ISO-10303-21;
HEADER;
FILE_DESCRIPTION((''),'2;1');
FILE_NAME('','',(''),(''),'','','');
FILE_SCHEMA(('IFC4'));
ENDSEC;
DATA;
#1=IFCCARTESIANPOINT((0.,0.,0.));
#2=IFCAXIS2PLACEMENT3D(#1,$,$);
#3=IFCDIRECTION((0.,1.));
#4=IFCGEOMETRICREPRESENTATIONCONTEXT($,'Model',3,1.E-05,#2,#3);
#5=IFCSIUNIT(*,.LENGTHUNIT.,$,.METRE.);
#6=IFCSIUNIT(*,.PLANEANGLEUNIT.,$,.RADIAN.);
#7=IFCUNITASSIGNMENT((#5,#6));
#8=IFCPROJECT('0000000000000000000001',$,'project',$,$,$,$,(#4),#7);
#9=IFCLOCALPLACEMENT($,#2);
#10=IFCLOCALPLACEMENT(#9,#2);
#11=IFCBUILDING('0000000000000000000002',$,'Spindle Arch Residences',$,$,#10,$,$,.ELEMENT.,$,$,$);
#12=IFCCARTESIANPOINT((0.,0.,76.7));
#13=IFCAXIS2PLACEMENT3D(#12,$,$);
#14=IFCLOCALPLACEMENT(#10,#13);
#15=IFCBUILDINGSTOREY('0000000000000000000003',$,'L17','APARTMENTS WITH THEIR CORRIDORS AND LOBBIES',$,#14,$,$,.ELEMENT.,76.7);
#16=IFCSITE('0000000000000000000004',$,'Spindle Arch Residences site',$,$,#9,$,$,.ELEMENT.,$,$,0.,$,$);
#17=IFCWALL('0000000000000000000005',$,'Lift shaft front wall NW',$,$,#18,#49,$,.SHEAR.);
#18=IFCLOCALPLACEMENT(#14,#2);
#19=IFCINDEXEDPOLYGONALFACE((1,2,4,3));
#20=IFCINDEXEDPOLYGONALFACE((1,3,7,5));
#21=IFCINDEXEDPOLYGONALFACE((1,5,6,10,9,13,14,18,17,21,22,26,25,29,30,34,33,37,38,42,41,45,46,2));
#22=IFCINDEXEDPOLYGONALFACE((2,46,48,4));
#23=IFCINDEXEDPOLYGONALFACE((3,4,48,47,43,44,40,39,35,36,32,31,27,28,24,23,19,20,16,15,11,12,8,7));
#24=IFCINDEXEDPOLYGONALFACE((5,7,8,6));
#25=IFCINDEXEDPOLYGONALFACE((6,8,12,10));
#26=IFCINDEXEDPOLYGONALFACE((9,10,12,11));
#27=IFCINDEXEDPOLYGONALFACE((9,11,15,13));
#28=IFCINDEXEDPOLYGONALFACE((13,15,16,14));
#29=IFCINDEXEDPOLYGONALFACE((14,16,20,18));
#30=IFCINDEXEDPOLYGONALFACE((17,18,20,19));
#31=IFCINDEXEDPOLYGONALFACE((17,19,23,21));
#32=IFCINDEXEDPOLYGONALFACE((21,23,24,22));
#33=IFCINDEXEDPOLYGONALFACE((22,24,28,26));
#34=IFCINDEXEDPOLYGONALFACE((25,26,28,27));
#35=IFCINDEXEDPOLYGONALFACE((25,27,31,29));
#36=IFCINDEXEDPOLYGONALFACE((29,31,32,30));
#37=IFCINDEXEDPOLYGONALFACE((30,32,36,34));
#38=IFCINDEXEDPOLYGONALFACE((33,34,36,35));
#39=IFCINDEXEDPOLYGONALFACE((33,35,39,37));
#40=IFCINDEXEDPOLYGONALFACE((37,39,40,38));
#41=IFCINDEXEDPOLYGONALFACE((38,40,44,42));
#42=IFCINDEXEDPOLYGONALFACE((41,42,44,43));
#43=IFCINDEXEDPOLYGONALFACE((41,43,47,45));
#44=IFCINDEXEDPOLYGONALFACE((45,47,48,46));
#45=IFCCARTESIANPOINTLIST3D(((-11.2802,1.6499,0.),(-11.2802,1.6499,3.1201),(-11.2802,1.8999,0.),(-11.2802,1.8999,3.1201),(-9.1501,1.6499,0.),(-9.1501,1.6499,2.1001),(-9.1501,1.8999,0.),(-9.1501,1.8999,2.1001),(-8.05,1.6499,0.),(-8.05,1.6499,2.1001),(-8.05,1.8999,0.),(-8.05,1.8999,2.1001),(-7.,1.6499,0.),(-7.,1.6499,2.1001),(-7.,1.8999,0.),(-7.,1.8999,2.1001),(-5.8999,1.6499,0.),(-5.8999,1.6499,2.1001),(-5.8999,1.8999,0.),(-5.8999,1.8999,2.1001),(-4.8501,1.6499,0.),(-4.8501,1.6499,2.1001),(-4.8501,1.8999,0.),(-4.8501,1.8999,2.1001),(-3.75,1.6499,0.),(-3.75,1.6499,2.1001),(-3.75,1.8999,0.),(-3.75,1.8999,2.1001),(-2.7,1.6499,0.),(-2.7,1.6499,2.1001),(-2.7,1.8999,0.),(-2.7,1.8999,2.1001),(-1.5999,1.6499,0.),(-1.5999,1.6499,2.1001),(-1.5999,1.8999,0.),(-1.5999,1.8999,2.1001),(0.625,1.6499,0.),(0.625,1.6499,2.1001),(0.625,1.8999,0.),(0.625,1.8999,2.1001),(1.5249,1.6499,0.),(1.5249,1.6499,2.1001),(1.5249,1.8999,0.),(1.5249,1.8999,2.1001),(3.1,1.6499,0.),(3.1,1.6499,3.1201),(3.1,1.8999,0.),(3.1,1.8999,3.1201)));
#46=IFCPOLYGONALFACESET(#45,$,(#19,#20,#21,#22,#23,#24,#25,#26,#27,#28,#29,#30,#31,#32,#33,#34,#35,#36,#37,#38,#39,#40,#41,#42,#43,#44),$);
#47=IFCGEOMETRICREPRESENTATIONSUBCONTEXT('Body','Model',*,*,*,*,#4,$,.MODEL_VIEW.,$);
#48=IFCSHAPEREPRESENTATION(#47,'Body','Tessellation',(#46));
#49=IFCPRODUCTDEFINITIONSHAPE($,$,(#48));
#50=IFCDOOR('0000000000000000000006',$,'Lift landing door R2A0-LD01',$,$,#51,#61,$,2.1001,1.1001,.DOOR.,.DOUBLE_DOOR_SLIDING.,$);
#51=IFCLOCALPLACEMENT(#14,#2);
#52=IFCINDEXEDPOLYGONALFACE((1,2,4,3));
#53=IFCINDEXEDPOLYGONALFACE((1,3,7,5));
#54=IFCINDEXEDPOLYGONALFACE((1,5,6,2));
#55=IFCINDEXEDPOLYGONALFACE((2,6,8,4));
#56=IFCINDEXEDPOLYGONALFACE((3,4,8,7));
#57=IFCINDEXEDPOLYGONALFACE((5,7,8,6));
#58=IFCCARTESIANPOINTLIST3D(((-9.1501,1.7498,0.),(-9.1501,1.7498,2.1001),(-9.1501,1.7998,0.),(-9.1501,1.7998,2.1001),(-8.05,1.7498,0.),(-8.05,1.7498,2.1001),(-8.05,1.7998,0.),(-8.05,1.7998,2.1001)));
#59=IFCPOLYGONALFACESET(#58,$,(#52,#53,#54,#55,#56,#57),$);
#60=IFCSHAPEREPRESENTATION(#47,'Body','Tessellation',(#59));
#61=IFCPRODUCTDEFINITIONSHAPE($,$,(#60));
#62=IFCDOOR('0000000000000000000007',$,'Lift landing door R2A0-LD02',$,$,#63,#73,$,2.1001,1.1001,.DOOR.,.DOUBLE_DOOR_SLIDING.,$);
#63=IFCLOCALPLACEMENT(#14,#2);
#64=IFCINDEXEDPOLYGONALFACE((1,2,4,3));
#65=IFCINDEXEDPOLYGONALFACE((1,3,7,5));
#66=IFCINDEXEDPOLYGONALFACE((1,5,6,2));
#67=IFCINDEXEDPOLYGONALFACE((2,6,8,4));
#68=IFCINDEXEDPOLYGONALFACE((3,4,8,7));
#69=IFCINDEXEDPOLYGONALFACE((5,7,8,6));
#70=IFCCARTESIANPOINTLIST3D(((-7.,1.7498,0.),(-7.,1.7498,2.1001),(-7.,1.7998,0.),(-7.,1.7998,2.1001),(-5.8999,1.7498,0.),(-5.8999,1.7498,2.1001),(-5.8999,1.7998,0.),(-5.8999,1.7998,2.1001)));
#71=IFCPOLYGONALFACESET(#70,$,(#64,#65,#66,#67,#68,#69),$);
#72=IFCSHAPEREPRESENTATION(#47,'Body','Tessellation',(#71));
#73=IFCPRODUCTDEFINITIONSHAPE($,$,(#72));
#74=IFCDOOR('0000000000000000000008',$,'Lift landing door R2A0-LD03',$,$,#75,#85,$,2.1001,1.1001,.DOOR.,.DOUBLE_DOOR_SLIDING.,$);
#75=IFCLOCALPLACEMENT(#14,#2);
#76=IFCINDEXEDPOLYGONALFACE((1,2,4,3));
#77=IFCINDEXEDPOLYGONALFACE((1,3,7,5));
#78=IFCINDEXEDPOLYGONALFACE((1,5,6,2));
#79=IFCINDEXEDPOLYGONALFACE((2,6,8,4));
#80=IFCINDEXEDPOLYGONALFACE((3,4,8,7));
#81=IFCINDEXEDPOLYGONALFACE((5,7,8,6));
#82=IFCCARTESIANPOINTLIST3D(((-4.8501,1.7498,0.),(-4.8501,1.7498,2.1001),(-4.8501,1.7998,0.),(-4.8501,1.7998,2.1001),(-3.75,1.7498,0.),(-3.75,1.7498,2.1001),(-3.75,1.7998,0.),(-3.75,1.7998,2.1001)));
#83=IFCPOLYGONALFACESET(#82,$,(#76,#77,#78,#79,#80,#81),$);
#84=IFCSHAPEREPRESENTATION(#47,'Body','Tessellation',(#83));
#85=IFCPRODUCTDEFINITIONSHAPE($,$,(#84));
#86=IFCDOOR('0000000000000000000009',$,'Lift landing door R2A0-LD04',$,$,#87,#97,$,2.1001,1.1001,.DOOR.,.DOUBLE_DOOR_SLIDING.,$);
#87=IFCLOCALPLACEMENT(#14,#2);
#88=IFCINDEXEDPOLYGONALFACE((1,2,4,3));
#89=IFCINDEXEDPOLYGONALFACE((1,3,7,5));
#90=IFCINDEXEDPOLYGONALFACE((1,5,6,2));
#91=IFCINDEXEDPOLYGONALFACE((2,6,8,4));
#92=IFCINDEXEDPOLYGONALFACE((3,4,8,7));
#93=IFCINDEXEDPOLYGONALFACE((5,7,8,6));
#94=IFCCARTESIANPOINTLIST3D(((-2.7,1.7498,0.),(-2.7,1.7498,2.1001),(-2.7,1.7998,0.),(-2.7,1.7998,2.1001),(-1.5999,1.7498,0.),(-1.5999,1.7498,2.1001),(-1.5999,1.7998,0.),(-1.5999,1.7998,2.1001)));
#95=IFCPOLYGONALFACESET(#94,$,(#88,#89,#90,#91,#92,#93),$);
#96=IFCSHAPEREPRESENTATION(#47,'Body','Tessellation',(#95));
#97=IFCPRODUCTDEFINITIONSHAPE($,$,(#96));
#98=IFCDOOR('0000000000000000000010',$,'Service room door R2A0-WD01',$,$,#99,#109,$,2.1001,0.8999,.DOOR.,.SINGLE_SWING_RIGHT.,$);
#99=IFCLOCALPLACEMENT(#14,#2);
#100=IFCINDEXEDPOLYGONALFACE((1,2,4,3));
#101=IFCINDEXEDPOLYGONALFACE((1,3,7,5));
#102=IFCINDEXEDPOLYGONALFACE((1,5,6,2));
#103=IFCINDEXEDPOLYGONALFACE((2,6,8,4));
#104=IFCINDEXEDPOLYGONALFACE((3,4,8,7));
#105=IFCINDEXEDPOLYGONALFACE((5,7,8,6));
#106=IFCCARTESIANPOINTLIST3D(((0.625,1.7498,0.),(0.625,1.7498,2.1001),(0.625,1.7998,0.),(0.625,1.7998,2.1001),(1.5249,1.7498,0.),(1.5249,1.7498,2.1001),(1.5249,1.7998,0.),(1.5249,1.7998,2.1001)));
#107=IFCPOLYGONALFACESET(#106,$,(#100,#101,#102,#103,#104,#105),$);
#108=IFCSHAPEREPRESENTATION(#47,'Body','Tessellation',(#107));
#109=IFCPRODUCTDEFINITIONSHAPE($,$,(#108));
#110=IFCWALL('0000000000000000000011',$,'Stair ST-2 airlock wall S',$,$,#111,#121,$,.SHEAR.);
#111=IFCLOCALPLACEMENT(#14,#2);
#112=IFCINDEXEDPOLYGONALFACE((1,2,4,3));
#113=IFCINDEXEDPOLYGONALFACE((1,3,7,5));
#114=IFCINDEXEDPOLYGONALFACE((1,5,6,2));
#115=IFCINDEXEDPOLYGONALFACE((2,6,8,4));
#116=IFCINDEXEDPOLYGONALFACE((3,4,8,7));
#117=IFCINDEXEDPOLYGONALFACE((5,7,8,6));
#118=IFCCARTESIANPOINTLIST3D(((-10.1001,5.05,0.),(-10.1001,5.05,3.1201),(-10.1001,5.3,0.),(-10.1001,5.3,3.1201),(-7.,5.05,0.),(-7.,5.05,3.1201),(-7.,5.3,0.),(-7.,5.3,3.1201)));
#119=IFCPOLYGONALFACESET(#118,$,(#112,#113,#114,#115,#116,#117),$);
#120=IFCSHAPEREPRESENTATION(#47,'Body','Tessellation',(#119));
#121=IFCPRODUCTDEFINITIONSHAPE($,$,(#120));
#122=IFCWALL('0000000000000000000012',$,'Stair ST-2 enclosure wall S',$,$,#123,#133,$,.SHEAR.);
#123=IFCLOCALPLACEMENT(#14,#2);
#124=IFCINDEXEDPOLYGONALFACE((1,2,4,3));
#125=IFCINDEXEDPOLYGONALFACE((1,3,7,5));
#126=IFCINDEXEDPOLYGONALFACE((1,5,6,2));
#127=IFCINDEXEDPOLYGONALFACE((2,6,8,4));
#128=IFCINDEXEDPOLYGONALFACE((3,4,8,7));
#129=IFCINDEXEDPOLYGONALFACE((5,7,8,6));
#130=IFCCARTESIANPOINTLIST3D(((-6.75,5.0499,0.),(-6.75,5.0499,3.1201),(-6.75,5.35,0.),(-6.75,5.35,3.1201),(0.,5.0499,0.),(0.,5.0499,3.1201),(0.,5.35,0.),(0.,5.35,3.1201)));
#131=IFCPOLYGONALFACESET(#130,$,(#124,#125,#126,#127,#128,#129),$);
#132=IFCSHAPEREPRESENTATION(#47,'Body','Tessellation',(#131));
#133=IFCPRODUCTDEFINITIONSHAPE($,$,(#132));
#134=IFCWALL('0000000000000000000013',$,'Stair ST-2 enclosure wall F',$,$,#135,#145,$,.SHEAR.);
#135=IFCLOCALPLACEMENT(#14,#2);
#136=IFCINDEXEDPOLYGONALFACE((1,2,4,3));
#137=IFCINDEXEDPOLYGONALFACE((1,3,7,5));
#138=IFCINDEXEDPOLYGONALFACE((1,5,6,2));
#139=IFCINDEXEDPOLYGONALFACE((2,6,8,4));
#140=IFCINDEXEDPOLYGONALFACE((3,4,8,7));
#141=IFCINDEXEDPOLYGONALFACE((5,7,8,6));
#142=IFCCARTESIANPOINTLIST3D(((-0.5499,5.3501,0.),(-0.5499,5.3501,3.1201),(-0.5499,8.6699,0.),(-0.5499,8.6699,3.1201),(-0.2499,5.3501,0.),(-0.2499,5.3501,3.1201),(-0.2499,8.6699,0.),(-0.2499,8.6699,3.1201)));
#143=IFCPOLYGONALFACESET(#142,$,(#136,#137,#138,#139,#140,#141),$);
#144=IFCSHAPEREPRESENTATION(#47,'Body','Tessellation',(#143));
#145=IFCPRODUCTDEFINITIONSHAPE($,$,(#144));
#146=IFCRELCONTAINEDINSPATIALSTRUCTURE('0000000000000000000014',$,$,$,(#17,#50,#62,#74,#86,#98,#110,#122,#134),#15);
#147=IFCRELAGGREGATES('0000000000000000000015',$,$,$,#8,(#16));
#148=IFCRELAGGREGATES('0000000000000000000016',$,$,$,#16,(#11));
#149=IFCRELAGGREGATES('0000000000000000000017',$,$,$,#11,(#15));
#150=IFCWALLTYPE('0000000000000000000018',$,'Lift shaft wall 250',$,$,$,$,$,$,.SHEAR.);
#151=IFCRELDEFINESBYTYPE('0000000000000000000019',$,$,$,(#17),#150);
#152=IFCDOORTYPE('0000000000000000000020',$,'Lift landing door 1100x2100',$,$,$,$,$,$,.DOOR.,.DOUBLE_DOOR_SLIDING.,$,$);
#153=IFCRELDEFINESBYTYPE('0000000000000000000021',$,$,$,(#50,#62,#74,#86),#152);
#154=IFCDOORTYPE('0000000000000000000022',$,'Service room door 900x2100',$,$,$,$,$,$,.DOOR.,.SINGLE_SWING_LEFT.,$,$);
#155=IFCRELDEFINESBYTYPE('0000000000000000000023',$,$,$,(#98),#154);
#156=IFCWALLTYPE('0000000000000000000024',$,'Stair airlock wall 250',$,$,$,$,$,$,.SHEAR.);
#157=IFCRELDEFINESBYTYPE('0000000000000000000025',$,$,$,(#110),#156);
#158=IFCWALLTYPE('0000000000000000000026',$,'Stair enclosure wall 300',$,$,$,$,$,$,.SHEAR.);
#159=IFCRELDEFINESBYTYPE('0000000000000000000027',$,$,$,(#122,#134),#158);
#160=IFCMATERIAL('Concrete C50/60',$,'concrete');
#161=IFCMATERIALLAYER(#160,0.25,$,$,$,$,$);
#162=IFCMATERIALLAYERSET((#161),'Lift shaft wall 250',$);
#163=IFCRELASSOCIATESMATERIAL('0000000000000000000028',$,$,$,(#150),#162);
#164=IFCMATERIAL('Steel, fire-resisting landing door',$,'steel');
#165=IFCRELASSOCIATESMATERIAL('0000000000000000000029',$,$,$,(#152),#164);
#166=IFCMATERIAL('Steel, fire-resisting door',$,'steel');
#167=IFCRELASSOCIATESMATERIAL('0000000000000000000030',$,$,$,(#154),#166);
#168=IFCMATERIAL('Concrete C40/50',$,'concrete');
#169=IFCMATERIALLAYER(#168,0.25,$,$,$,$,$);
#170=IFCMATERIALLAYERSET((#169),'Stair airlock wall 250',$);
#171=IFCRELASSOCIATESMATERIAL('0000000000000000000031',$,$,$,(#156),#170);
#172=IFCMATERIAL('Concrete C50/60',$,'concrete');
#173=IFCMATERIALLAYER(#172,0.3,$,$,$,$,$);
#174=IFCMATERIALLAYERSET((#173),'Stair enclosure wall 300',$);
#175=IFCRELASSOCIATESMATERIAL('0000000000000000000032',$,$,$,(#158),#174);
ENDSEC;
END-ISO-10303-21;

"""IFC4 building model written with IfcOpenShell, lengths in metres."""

from ifc_helpers import new_model, si_unit, direction, frame, frame_2d, origin, place, context, subcontext, project, spatial, rectangle, extrude, material, layer, layer_set, type_object, element, fill, save


model = new_model("IFC4")

# Units and contexts
model_context = context("Model", 3, precision=1e-05, world=origin(), true_north=direction((0.0, 1.0)))
body_context = subcontext(model_context, "Body", "Model", "MODEL_VIEW")
ifc_project = project(units=[si_unit("LENGTHUNIT", "METRE"), si_unit("PLANEANGLEUNIT", "RADIAN")], contexts=[model_context])

# Site, building, storey
site_placement = place(None, origin())
site = spatial("IfcSite", under=ifc_project, at=site_placement, Name="Spindle Arch Residences site", CompositionType="ELEMENT", RefElevation=0.0)
building_placement = place(site_placement, origin())
building = spatial("IfcBuilding", under=site, at=building_placement, Name="Spindle Arch Residences", CompositionType="ELEMENT")
storey_placement = place(building_placement, frame((0.0, 0.0, 76.7)))
storey = spatial("IfcBuildingStorey", under=building, at=storey_placement, Name="L17", Description="APARTMENTS WITH THEIR CORRIDORS AND LOBBIES", CompositionType="ELEMENT", Elevation=76.7)

# Wall, openings, doors
ifc_material_1 = material(Name="Concrete C50/60", Category="concrete")
ifc_layer_1 = layer(ifc_material_1, 0.25)
ifc_layer_set_1 = layer_set([ifc_layer_1], Name="Lift shaft wall 250")
wall_type_1 = type_object("IfcWallType", Name="Lift shaft wall 250", PredefinedType="SHEAR", material=ifc_layer_set_1)
wall_1_placement = place(storey_placement, frame((-11.28, 1.7749, 0.0), z_axis=(0.0, 0.0, 1.0), x_axis=(1.0, 0.0, 0.0)))
wall_1 = element("IfcWall", 1, at=wall_1_placement, inside=storey, type_object=wall_type_1, Name="Lift shaft front wall NW", PredefinedType="SHEAR", context=body_context, shape_type="SweptSolid", body=[
    extrude(rectangle(XDim=14.3801, YDim=0.25, at=frame_2d((7.1899, 0.0))), origin(), (0.0, 0.0, 1.0), 3.1201),
])
opening_1_placement = place(wall_1_placement, frame((2.1299, 0.0, 0.0)))
opening_1 = element("IfcOpeningElement", 2, at=opening_1_placement, cuts=wall_1, PredefinedType="OPENING", context=body_context, shape_type="SweptSolid", body=[
    extrude(rectangle(XDim=1.1001, YDim=2.1001, at=frame_2d((0.55, 1.05))), frame((0.0, 0.135, 0.0), z_axis=(0.0, -1.0, 0.0), x_axis=(1.0, 0.0, 0.0)), (0.0, 0.0, 1.0), 0.27),
])
opening_2_placement = place(wall_1_placement, frame((4.28, 0.0, 0.0)))
opening_2 = element("IfcOpeningElement", 3, at=opening_2_placement, cuts=wall_1, PredefinedType="OPENING", context=body_context, shape_type="SweptSolid", body=[
    extrude(rectangle(XDim=1.1001, YDim=2.1001, at=frame_2d((0.55, 1.05))), frame((0.0, 0.135, 0.0), z_axis=(0.0, -1.0, 0.0), x_axis=(1.0, 0.0, 0.0)), (0.0, 0.0, 1.0), 0.27),
])
opening_3_placement = place(wall_1_placement, frame((6.4299, 0.0, 0.0)))
opening_3 = element("IfcOpeningElement", 4, at=opening_3_placement, cuts=wall_1, PredefinedType="OPENING", context=body_context, shape_type="SweptSolid", body=[
    extrude(rectangle(XDim=1.1001, YDim=2.1001, at=frame_2d((0.55, 1.05))), frame((0.0, 0.135, 0.0), z_axis=(0.0, -1.0, 0.0), x_axis=(1.0, 0.0, 0.0)), (0.0, 0.0, 1.0), 0.27),
])
opening_4_placement = place(wall_1_placement, frame((8.5801, 0.0, 0.0)))
opening_4 = element("IfcOpeningElement", 5, at=opening_4_placement, cuts=wall_1, PredefinedType="OPENING", context=body_context, shape_type="SweptSolid", body=[
    extrude(rectangle(XDim=1.1001, YDim=2.1001, at=frame_2d((0.55, 1.05))), frame((0.0, 0.135, 0.0), z_axis=(0.0, -1.0, 0.0), x_axis=(1.0, 0.0, 0.0)), (0.0, 0.0, 1.0), 0.27),
])
opening_5_placement = place(wall_1_placement, frame((11.905, 0.0, 0.0)))
opening_5 = element("IfcOpeningElement", 6, at=opening_5_placement, cuts=wall_1, PredefinedType="OPENING", context=body_context, shape_type="SweptSolid", body=[
    extrude(rectangle(XDim=0.8999, YDim=2.1001, at=frame_2d((0.45, 1.05))), frame((0.0, 0.135, 0.0), z_axis=(0.0, -1.0, 0.0), x_axis=(1.0, 0.0, 0.0)), (0.0, 0.0, 1.0), 0.27),
])
ifc_material_2 = material(Name="Steel, fire-resisting landing door", Category="steel")
door_type_1 = type_object("IfcDoorType", Name="Lift landing door 1100x2100", OperationType="DOUBLE_DOOR_SLIDING", PredefinedType="DOOR", material=ifc_material_2)
door_1_placement = place(opening_1_placement, origin())
door_1 = element("IfcDoor", 7, at=door_1_placement, inside=storey, type_object=door_type_1, Name="Lift landing door R2A0-LD01", OperationType="DOUBLE_DOOR_SLIDING", OverallHeight=2.1001, OverallWidth=1.1001, PredefinedType="DOOR", context=body_context, shape_type="SweptSolid", body=[
    extrude(rectangle(XDim=1.1001, YDim=2.1001, at=frame_2d((0.55, 1.05))), frame((0.0, 0.0249, 0.0), z_axis=(0.0, -1.0, 0.0), x_axis=(1.0, 0.0, 0.0)), (0.0, 0.0, 1.0), 0.05),
])
fill(opening_1, door_1)
door_2_placement = place(opening_2_placement, origin())
door_2 = element("IfcDoor", 8, at=door_2_placement, inside=storey, type_object=door_type_1, Name="Lift landing door R2A0-LD02", OperationType="DOUBLE_DOOR_SLIDING", OverallHeight=2.1001, OverallWidth=1.1001, PredefinedType="DOOR", context=body_context, shape_type="SweptSolid", body=[
    extrude(rectangle(XDim=1.1001, YDim=2.1001, at=frame_2d((0.55, 1.05))), frame((0.0, 0.0249, 0.0), z_axis=(0.0, -1.0, 0.0), x_axis=(1.0, 0.0, 0.0)), (0.0, 0.0, 1.0), 0.05),
])
fill(opening_2, door_2)
door_3_placement = place(opening_3_placement, origin())
door_3 = element("IfcDoor", 9, at=door_3_placement, inside=storey, type_object=door_type_1, Name="Lift landing door R2A0-LD03", OperationType="DOUBLE_DOOR_SLIDING", OverallHeight=2.1001, OverallWidth=1.1001, PredefinedType="DOOR", context=body_context, shape_type="SweptSolid", body=[
    extrude(rectangle(XDim=1.1001, YDim=2.1001, at=frame_2d((0.55, 1.05))), frame((0.0, 0.0249, 0.0), z_axis=(0.0, -1.0, 0.0), x_axis=(1.0, 0.0, 0.0)), (0.0, 0.0, 1.0), 0.05),
])
fill(opening_3, door_3)
door_4_placement = place(opening_4_placement, origin())
door_4 = element("IfcDoor", 10, at=door_4_placement, inside=storey, type_object=door_type_1, Name="Lift landing door R2A0-LD04", OperationType="DOUBLE_DOOR_SLIDING", OverallHeight=2.1001, OverallWidth=1.1001, PredefinedType="DOOR", context=body_context, shape_type="SweptSolid", body=[
    extrude(rectangle(XDim=1.1001, YDim=2.1001, at=frame_2d((0.55, 1.05))), frame((0.0, 0.0249, 0.0), z_axis=(0.0, -1.0, 0.0), x_axis=(1.0, 0.0, 0.0)), (0.0, 0.0, 1.0), 0.05),
])
fill(opening_4, door_4)
ifc_material_3 = material(Name="Steel, fire-resisting door", Category="steel")
door_type_2 = type_object("IfcDoorType", Name="Service room door 900x2100", OperationType="SINGLE_SWING_LEFT", PredefinedType="DOOR", material=ifc_material_3)
door_5_placement = place(opening_5_placement, origin())
door_5 = element("IfcDoor", 11, at=door_5_placement, inside=storey, type_object=door_type_2, Name="Service room door R2A0-WD01", OperationType="SINGLE_SWING_RIGHT", OverallHeight=2.1001, OverallWidth=0.8999, PredefinedType="DOOR", context=body_context, shape_type="SweptSolid", body=[
    extrude(rectangle(XDim=0.8999, YDim=2.1001, at=frame_2d((0.45, 1.05))), frame((0.0, 0.0249, 0.0), z_axis=(0.0, -1.0, 0.0), x_axis=(1.0, 0.0, 0.0)), (0.0, 0.0, 1.0), 0.05),
])
fill(opening_5, door_5)

# Walls
ifc_material_4 = material(Name="Concrete C40/50", Category="concrete")
ifc_layer_2 = layer(ifc_material_4, 0.25)
ifc_layer_set_2 = layer_set([ifc_layer_2], Name="Stair airlock wall 250")
wall_type_2 = type_object("IfcWallType", Name="Stair airlock wall 250", PredefinedType="SHEAR", material=ifc_layer_set_2)
wall_2_placement = place(storey_placement, frame((-7.0, 5.175, 0.0), z_axis=(0.0, 0.0, 1.0), x_axis=(-1.0, 0.0, 0.0)))
element("IfcWall", 12, at=wall_2_placement, inside=storey, type_object=wall_type_2, Name="Stair ST-2 airlock wall S", PredefinedType="SHEAR", context=body_context, shape_type="SweptSolid", body=[
    extrude(rectangle(XDim=3.1001, YDim=0.25, at=frame_2d((1.55, 0.0))), origin(), (0.0, 0.0, 1.0), 3.1201),
])
ifc_material_5 = material(Name="Concrete C50/60", Category="concrete")
ifc_layer_3 = layer(ifc_material_5, 0.3)
ifc_layer_set_3 = layer_set([ifc_layer_3], Name="Stair enclosure wall 300")
wall_type_3 = type_object("IfcWallType", Name="Stair enclosure wall 300", PredefinedType="SHEAR", material=ifc_layer_set_3)
wall_3_placement = place(storey_placement, frame((-6.75, 5.2, 0.0), z_axis=(0.0, 0.0, 1.0), x_axis=(1.0, 0.0, 0.0)))
element("IfcWall", 13, at=wall_3_placement, inside=storey, type_object=wall_type_3, Name="Stair ST-2 enclosure wall S", PredefinedType="SHEAR", context=body_context, shape_type="SweptSolid", body=[
    extrude(rectangle(XDim=6.75, YDim=0.3, at=frame_2d((3.375, 0.0))), origin(), (0.0, 0.0, 1.0), 3.1201),
])
wall_4_placement = place(storey_placement, frame((-0.3999, 5.3501, 0.0), z_axis=(0.0, 0.0, 1.0), x_axis=(0.0, 1.0, 0.0)))
element("IfcWall", 14, at=wall_4_placement, inside=storey, type_object=wall_type_3, Name="Stair ST-2 enclosure wall F", PredefinedType="SHEAR", context=body_context, shape_type="SweptSolid", body=[
    extrude(rectangle(XDim=3.3198, YDim=0.3, at=frame_2d((1.6599, 0.0))), origin(), (0.0, 0.0, 1.0), 3.1201),
])

save(model, "model.ifc")
